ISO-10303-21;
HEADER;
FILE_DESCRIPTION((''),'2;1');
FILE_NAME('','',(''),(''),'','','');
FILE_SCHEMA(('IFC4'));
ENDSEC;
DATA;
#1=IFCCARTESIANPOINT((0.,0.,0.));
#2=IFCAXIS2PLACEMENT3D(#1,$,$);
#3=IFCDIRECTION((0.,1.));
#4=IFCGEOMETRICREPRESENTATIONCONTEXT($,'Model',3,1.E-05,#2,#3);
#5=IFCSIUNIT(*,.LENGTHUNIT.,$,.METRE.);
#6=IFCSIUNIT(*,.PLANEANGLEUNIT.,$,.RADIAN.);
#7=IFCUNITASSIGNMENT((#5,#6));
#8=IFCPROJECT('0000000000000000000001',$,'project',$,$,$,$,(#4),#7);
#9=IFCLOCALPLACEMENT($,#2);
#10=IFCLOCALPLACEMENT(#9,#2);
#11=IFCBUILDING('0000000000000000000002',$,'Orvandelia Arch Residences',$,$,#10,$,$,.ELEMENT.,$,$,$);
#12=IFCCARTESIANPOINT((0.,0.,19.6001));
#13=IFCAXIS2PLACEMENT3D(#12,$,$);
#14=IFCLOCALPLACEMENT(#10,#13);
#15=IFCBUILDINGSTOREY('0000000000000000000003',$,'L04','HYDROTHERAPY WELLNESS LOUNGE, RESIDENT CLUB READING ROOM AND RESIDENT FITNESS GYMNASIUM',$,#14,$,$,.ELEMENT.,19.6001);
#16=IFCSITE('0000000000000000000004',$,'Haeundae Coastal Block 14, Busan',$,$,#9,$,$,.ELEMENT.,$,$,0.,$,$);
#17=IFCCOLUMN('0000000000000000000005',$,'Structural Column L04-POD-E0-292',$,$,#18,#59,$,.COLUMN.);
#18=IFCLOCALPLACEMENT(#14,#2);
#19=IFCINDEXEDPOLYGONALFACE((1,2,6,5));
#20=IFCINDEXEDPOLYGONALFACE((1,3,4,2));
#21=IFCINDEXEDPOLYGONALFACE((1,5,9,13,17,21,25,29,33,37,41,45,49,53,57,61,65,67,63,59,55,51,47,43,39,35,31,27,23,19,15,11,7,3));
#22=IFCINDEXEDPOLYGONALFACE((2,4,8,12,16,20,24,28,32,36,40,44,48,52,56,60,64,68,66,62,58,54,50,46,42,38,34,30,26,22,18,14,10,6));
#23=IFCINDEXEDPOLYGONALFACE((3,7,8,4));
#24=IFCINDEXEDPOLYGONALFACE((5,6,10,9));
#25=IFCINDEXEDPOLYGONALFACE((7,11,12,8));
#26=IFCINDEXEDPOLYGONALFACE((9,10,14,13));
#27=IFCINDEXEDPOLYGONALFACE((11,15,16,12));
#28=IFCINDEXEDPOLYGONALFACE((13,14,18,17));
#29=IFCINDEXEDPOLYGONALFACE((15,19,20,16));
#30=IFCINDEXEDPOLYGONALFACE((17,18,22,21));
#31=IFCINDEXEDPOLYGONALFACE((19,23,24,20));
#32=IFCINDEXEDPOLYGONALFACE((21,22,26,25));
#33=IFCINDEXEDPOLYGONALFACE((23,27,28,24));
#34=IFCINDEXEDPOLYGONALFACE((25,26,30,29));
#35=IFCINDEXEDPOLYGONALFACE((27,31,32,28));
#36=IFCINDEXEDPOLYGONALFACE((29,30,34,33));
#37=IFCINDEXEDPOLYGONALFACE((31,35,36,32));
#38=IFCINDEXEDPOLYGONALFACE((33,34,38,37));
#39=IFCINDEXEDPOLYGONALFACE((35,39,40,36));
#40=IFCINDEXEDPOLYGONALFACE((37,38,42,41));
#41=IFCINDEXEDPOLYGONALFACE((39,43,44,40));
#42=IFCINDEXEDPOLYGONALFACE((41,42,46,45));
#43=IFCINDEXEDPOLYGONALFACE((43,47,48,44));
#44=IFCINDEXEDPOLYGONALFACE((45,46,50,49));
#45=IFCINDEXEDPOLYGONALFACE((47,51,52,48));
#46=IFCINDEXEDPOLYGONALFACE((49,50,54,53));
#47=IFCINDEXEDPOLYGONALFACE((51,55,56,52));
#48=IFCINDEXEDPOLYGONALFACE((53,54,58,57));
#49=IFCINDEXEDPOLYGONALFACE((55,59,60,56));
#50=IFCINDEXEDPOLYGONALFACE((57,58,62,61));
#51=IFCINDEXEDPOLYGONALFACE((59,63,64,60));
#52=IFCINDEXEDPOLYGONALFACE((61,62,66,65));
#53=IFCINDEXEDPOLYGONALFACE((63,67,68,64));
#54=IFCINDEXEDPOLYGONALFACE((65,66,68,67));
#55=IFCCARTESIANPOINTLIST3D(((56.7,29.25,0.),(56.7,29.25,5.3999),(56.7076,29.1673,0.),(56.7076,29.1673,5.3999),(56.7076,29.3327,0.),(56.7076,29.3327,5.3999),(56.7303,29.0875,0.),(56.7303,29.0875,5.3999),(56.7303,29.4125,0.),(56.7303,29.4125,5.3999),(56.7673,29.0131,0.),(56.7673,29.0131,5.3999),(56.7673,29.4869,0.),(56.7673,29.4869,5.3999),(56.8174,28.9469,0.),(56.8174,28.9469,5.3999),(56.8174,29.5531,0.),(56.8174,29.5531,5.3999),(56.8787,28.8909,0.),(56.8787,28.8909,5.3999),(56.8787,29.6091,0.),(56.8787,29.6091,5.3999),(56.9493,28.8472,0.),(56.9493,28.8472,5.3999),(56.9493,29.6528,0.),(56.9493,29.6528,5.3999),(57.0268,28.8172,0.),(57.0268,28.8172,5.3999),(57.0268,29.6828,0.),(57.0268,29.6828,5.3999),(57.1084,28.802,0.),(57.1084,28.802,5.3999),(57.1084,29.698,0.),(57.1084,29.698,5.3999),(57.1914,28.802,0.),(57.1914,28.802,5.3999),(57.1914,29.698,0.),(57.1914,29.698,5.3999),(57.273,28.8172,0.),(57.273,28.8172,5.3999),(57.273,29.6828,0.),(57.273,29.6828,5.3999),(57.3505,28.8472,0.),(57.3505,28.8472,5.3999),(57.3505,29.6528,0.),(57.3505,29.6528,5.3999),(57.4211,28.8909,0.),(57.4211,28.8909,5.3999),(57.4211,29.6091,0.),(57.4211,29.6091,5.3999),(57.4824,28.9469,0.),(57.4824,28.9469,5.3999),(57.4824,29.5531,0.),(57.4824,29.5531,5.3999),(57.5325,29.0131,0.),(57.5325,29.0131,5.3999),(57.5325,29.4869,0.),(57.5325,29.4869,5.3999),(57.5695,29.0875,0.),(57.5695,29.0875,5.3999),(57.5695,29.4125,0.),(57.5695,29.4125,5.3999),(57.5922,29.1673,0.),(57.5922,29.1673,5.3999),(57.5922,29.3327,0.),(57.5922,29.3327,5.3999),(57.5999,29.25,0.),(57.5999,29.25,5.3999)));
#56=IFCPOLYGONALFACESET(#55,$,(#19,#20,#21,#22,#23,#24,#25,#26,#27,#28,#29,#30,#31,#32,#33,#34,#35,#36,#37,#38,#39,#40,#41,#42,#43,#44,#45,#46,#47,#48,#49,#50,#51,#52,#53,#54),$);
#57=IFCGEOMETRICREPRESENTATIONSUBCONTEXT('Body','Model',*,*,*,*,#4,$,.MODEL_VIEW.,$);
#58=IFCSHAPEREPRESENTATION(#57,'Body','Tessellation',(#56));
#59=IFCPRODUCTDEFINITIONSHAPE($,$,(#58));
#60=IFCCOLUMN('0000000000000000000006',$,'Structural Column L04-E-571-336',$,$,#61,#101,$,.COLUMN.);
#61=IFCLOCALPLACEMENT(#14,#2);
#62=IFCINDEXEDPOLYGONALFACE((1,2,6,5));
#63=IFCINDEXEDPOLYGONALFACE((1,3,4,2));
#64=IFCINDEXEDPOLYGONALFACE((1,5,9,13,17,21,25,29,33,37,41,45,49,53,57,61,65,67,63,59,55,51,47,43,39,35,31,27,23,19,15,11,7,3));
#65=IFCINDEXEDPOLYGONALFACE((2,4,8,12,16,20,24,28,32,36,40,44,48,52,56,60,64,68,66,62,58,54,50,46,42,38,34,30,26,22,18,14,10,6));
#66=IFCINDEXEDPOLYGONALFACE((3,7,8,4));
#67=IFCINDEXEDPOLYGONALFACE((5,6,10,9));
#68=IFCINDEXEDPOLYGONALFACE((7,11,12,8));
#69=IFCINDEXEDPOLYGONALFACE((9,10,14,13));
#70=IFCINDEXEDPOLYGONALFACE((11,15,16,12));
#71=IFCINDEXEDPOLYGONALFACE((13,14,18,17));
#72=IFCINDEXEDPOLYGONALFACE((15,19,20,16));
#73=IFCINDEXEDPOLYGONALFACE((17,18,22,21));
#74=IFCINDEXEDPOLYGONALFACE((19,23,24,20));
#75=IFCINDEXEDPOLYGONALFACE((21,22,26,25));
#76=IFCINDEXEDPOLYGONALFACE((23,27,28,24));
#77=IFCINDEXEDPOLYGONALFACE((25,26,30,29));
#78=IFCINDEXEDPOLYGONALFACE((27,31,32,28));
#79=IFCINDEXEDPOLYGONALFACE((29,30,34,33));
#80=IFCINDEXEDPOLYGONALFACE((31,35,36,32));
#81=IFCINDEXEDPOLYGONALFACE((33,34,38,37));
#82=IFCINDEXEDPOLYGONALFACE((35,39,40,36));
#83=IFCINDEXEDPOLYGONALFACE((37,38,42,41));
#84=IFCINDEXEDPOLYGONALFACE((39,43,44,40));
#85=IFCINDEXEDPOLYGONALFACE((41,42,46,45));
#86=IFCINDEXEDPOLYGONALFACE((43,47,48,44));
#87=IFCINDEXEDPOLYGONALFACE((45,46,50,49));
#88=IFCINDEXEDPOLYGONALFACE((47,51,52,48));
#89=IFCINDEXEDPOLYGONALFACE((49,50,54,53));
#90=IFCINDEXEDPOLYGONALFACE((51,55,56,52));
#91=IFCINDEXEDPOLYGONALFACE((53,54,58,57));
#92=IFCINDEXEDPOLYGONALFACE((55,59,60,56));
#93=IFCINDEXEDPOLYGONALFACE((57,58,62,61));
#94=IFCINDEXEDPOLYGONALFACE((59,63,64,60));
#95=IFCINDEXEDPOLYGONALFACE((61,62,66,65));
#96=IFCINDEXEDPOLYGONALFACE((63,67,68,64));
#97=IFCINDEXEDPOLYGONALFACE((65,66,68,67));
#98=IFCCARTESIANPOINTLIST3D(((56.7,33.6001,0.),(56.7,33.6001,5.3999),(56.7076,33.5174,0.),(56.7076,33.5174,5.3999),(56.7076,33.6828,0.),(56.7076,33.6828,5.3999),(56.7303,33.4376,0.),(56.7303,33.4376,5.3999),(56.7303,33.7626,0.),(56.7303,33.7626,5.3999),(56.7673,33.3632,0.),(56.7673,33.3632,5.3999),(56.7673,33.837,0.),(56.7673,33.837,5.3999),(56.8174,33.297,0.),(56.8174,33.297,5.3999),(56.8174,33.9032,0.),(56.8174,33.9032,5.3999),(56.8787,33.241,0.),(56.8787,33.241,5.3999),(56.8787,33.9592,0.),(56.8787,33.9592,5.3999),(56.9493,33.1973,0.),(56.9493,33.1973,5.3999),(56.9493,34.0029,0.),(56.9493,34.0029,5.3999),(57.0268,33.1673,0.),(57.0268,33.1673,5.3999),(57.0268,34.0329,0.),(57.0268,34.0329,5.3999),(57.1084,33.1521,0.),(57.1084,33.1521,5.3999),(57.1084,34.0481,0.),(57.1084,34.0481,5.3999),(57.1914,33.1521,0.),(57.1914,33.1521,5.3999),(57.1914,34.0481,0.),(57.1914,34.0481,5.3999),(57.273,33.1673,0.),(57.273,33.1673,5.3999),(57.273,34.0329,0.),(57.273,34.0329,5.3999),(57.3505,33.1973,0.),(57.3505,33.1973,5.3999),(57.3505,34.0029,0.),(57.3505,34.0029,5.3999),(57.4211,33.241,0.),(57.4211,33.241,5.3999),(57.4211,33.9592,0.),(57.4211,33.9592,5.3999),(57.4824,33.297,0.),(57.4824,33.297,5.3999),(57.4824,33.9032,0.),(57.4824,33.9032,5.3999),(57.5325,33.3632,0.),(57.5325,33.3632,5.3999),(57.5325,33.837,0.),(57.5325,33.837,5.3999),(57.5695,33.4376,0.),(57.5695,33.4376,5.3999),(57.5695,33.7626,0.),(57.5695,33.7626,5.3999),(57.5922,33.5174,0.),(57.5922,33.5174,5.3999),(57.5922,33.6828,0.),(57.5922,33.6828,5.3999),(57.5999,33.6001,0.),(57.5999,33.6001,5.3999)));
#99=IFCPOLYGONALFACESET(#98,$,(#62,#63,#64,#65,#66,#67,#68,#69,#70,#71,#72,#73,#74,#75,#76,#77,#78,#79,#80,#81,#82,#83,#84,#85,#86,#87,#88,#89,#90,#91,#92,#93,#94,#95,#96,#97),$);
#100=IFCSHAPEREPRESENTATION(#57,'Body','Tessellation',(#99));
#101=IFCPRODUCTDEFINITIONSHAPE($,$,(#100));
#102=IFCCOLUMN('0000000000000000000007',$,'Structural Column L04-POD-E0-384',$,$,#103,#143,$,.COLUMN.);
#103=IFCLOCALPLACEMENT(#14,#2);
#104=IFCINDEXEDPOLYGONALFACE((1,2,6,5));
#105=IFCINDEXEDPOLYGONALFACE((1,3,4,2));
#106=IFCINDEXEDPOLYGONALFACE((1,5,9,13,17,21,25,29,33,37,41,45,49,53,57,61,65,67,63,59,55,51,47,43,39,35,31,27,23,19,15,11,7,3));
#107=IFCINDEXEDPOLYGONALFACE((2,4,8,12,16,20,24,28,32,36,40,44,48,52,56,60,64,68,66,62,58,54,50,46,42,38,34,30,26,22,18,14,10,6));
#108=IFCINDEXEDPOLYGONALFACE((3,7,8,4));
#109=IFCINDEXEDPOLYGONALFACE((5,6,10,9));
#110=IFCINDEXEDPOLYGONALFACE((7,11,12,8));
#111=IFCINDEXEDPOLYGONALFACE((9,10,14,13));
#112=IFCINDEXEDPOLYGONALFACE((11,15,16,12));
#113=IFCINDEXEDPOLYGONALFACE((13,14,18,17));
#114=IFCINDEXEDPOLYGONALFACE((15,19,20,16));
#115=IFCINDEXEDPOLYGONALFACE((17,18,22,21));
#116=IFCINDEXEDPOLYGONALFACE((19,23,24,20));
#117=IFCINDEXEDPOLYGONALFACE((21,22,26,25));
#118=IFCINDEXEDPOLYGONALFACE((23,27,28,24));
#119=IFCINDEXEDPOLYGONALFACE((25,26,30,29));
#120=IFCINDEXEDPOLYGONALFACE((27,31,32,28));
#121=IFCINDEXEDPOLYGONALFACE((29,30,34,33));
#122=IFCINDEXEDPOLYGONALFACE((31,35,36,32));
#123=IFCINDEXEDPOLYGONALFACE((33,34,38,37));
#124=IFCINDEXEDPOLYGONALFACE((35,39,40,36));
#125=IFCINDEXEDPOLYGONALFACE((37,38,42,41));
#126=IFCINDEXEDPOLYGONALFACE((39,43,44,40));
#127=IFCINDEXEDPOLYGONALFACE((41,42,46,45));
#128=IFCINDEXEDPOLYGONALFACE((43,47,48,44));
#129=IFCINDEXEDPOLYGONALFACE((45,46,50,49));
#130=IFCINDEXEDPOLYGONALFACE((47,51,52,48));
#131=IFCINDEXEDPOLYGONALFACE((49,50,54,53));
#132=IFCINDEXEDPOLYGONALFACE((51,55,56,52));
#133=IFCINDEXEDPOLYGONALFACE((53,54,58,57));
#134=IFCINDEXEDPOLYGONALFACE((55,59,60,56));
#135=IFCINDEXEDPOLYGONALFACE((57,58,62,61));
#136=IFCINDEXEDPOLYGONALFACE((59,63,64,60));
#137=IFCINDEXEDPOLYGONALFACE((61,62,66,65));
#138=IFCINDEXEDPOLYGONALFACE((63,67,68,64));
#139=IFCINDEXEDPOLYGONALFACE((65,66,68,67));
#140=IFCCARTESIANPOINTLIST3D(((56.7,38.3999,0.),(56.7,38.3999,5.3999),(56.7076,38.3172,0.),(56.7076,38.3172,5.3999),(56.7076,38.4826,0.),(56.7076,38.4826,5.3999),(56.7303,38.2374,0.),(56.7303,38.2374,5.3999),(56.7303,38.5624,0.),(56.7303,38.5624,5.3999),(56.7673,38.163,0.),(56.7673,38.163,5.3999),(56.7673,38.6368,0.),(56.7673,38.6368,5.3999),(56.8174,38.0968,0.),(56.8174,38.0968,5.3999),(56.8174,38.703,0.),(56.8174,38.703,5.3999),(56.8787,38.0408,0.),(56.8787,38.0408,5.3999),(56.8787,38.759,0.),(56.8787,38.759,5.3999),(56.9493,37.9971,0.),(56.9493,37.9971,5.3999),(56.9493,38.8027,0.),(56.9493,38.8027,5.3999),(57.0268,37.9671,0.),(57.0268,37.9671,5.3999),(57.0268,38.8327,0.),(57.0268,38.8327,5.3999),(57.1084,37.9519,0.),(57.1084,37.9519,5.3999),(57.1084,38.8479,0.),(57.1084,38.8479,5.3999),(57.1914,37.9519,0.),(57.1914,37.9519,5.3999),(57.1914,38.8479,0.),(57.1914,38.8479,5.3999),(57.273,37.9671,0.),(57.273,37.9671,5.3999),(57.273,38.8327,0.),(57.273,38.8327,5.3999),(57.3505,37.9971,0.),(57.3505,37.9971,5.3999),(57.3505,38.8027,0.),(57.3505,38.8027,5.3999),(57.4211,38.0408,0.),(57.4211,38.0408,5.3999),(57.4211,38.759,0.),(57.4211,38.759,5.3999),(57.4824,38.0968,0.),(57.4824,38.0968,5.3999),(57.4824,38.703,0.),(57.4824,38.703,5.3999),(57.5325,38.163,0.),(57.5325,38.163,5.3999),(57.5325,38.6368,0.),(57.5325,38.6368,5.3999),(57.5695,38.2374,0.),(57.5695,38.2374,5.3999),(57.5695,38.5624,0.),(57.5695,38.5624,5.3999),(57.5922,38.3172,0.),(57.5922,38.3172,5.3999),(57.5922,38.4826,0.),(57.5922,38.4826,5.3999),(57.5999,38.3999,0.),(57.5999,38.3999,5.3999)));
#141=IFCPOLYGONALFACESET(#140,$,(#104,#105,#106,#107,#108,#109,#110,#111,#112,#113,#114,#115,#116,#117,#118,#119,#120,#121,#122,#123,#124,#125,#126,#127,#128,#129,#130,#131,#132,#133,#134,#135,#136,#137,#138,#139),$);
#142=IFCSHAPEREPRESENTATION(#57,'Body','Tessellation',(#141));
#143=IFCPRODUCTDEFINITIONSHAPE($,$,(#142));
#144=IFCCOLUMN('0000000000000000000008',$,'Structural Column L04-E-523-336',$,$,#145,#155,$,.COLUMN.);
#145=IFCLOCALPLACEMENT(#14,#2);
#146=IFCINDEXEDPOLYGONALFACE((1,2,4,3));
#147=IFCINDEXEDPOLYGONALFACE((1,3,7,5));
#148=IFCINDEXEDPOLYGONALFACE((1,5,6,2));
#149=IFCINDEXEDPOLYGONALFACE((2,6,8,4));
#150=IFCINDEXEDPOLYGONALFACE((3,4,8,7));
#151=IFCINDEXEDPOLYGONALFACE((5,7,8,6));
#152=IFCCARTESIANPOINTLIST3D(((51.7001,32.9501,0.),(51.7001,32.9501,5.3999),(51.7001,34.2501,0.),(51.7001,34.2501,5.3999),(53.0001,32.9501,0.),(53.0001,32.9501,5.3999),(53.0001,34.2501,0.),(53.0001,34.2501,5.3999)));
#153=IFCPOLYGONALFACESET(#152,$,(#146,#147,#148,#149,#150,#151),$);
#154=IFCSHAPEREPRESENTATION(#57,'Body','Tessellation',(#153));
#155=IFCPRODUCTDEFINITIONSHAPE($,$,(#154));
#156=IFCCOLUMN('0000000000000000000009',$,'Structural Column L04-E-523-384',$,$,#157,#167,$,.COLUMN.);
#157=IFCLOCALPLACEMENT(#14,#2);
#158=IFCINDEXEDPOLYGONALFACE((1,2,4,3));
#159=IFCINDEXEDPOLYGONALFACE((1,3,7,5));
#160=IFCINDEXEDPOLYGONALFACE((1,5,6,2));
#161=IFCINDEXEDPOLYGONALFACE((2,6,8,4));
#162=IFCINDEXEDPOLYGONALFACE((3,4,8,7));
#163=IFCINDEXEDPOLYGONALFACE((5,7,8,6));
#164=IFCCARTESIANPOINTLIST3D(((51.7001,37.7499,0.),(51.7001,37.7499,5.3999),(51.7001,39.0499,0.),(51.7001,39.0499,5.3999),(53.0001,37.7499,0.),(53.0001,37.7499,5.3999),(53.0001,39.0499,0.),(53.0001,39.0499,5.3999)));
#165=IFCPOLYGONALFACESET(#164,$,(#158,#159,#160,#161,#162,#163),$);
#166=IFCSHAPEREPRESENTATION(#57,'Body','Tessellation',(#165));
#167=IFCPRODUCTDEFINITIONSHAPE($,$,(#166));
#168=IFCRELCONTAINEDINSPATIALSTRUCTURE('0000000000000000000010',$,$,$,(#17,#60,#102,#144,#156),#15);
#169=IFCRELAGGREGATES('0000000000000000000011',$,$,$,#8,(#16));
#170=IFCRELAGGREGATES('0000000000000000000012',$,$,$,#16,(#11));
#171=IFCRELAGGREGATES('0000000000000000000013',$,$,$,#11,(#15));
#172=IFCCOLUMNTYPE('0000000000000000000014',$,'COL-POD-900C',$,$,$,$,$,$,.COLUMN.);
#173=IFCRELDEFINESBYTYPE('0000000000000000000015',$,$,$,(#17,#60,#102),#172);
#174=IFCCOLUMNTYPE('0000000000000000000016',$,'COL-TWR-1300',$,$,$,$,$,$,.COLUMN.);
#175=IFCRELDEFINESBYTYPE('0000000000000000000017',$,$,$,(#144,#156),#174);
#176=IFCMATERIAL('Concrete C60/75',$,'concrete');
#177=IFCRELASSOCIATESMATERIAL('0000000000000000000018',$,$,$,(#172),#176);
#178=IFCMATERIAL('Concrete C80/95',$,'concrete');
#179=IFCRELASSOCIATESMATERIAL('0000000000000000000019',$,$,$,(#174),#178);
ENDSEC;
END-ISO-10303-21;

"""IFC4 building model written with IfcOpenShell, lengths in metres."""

from ifc_helpers import new_model, si_unit, direction, frame, origin, origin_2d, place, context, subcontext, project, spatial, rectangle, circle, extrude, material, material_profile, profile_set, type_object, element, save


model = new_model("IFC4")

# Units and contexts
model_context = context("Model", 3, precision=1e-05, world=origin(), true_north=direction((0.0, 1.0)))
body_context = subcontext(model_context, "Body", "Model", "MODEL_VIEW")
ifc_project = project(units=[si_unit("LENGTHUNIT", "METRE"), si_unit("PLANEANGLEUNIT", "RADIAN")], contexts=[model_context])

# Site, building, storey
site_placement = place(None, origin())
site = spatial("IfcSite", under=ifc_project, at=site_placement, Name="Haeundae Coastal Block 14, Busan", CompositionType="ELEMENT", RefElevation=0.0)
building_placement = place(site_placement, origin())
building = spatial("IfcBuilding", under=site, at=building_placement, Name="Orvandelia Arch Residences", CompositionType="ELEMENT")
storey_placement = place(building_placement, frame((0.0, 0.0, 19.6001)))
storey = spatial("IfcBuildingStorey", under=building, at=storey_placement, Name="L04", Description="HYDROTHERAPY WELLNESS LOUNGE, RESIDENT CLUB READING ROOM AND RESIDENT FITNESS GYMNASIUM", CompositionType="ELEMENT", Elevation=19.6001)

# Columns
ifc_material_1 = material(Name="Concrete C60/75", Category="concrete")
ifc_material_profile_1 = material_profile(ifc_material_1, circle(Radius=0.45, at=origin_2d()), Name="Concrete C60/75", Category="concrete")
ifc_profile_set_1 = profile_set([ifc_material_profile_1], Name="Concrete C60/75")
column_type_1 = type_object("IfcColumnType", Name="COL-POD-900C", PredefinedType="COLUMN", material=ifc_profile_set_1)
for number, where, z_axis, x_axis, name in (
    (1, (57.1499, 29.25, 0.0), (0.0, 0.0, 1.0), (1.0, 0.0, 0.0), "Structural Column L04-POD-E0-292"),
    (2, (57.1499, 33.6001, 0.0), (0.0, 0.0, 1.0), (1.0, 0.0, 0.0), "Structural Column L04-E-571-336"),
    (3, (57.1499, 38.3999, 0.0), (0.0, 0.0, 1.0), (1.0, 0.0, 0.0), "Structural Column L04-POD-E0-384"),
):
    element("IfcColumn", number, at=place(storey_placement, frame(where, z_axis=z_axis, x_axis=x_axis)), inside=storey, type_object=column_type_1, Name=name, PredefinedType="COLUMN", context=body_context, shape_type="SweptSolid", body=[
        extrude(circle(Radius=0.45, at=origin_2d()), origin(), (0.0, 0.0, 1.0), 5.3999),
    ])
ifc_material_2 = material(Name="Concrete C80/95", Category="concrete")
ifc_material_profile_2 = material_profile(ifc_material_2, rectangle(XDim=1.3, YDim=1.3, at=origin_2d()), Name="Concrete C80/95", Category="concrete")
ifc_profile_set_2 = profile_set([ifc_material_profile_2], Name="Concrete C80/95")
column_type_2 = type_object("IfcColumnType", Name="COL-TWR-1300", PredefinedType="COLUMN", material=ifc_profile_set_2)
for number, where, z_axis, x_axis, name in (
    (4, (52.3501, 33.6001, 0.0), (0.0, 0.0, 1.0), (1.0, 0.0, 0.0), "Structural Column L04-E-523-336"),
    (5, (52.3501, 38.3999, 0.0), (0.0, 0.0, 1.0), (1.0, 0.0, 0.0), "Structural Column L04-E-523-384"),
):
    element("IfcColumn", number, at=place(storey_placement, frame(where, z_axis=z_axis, x_axis=x_axis)), inside=storey, type_object=column_type_2, Name=name, PredefinedType="COLUMN", context=body_context, shape_type="SweptSolid", body=[
        extrude(rectangle(XDim=1.3, YDim=1.3, at=origin_2d()), origin(), (0.0, 0.0, 1.0), 5.3999),
    ])

save(model, "model.ifc")
